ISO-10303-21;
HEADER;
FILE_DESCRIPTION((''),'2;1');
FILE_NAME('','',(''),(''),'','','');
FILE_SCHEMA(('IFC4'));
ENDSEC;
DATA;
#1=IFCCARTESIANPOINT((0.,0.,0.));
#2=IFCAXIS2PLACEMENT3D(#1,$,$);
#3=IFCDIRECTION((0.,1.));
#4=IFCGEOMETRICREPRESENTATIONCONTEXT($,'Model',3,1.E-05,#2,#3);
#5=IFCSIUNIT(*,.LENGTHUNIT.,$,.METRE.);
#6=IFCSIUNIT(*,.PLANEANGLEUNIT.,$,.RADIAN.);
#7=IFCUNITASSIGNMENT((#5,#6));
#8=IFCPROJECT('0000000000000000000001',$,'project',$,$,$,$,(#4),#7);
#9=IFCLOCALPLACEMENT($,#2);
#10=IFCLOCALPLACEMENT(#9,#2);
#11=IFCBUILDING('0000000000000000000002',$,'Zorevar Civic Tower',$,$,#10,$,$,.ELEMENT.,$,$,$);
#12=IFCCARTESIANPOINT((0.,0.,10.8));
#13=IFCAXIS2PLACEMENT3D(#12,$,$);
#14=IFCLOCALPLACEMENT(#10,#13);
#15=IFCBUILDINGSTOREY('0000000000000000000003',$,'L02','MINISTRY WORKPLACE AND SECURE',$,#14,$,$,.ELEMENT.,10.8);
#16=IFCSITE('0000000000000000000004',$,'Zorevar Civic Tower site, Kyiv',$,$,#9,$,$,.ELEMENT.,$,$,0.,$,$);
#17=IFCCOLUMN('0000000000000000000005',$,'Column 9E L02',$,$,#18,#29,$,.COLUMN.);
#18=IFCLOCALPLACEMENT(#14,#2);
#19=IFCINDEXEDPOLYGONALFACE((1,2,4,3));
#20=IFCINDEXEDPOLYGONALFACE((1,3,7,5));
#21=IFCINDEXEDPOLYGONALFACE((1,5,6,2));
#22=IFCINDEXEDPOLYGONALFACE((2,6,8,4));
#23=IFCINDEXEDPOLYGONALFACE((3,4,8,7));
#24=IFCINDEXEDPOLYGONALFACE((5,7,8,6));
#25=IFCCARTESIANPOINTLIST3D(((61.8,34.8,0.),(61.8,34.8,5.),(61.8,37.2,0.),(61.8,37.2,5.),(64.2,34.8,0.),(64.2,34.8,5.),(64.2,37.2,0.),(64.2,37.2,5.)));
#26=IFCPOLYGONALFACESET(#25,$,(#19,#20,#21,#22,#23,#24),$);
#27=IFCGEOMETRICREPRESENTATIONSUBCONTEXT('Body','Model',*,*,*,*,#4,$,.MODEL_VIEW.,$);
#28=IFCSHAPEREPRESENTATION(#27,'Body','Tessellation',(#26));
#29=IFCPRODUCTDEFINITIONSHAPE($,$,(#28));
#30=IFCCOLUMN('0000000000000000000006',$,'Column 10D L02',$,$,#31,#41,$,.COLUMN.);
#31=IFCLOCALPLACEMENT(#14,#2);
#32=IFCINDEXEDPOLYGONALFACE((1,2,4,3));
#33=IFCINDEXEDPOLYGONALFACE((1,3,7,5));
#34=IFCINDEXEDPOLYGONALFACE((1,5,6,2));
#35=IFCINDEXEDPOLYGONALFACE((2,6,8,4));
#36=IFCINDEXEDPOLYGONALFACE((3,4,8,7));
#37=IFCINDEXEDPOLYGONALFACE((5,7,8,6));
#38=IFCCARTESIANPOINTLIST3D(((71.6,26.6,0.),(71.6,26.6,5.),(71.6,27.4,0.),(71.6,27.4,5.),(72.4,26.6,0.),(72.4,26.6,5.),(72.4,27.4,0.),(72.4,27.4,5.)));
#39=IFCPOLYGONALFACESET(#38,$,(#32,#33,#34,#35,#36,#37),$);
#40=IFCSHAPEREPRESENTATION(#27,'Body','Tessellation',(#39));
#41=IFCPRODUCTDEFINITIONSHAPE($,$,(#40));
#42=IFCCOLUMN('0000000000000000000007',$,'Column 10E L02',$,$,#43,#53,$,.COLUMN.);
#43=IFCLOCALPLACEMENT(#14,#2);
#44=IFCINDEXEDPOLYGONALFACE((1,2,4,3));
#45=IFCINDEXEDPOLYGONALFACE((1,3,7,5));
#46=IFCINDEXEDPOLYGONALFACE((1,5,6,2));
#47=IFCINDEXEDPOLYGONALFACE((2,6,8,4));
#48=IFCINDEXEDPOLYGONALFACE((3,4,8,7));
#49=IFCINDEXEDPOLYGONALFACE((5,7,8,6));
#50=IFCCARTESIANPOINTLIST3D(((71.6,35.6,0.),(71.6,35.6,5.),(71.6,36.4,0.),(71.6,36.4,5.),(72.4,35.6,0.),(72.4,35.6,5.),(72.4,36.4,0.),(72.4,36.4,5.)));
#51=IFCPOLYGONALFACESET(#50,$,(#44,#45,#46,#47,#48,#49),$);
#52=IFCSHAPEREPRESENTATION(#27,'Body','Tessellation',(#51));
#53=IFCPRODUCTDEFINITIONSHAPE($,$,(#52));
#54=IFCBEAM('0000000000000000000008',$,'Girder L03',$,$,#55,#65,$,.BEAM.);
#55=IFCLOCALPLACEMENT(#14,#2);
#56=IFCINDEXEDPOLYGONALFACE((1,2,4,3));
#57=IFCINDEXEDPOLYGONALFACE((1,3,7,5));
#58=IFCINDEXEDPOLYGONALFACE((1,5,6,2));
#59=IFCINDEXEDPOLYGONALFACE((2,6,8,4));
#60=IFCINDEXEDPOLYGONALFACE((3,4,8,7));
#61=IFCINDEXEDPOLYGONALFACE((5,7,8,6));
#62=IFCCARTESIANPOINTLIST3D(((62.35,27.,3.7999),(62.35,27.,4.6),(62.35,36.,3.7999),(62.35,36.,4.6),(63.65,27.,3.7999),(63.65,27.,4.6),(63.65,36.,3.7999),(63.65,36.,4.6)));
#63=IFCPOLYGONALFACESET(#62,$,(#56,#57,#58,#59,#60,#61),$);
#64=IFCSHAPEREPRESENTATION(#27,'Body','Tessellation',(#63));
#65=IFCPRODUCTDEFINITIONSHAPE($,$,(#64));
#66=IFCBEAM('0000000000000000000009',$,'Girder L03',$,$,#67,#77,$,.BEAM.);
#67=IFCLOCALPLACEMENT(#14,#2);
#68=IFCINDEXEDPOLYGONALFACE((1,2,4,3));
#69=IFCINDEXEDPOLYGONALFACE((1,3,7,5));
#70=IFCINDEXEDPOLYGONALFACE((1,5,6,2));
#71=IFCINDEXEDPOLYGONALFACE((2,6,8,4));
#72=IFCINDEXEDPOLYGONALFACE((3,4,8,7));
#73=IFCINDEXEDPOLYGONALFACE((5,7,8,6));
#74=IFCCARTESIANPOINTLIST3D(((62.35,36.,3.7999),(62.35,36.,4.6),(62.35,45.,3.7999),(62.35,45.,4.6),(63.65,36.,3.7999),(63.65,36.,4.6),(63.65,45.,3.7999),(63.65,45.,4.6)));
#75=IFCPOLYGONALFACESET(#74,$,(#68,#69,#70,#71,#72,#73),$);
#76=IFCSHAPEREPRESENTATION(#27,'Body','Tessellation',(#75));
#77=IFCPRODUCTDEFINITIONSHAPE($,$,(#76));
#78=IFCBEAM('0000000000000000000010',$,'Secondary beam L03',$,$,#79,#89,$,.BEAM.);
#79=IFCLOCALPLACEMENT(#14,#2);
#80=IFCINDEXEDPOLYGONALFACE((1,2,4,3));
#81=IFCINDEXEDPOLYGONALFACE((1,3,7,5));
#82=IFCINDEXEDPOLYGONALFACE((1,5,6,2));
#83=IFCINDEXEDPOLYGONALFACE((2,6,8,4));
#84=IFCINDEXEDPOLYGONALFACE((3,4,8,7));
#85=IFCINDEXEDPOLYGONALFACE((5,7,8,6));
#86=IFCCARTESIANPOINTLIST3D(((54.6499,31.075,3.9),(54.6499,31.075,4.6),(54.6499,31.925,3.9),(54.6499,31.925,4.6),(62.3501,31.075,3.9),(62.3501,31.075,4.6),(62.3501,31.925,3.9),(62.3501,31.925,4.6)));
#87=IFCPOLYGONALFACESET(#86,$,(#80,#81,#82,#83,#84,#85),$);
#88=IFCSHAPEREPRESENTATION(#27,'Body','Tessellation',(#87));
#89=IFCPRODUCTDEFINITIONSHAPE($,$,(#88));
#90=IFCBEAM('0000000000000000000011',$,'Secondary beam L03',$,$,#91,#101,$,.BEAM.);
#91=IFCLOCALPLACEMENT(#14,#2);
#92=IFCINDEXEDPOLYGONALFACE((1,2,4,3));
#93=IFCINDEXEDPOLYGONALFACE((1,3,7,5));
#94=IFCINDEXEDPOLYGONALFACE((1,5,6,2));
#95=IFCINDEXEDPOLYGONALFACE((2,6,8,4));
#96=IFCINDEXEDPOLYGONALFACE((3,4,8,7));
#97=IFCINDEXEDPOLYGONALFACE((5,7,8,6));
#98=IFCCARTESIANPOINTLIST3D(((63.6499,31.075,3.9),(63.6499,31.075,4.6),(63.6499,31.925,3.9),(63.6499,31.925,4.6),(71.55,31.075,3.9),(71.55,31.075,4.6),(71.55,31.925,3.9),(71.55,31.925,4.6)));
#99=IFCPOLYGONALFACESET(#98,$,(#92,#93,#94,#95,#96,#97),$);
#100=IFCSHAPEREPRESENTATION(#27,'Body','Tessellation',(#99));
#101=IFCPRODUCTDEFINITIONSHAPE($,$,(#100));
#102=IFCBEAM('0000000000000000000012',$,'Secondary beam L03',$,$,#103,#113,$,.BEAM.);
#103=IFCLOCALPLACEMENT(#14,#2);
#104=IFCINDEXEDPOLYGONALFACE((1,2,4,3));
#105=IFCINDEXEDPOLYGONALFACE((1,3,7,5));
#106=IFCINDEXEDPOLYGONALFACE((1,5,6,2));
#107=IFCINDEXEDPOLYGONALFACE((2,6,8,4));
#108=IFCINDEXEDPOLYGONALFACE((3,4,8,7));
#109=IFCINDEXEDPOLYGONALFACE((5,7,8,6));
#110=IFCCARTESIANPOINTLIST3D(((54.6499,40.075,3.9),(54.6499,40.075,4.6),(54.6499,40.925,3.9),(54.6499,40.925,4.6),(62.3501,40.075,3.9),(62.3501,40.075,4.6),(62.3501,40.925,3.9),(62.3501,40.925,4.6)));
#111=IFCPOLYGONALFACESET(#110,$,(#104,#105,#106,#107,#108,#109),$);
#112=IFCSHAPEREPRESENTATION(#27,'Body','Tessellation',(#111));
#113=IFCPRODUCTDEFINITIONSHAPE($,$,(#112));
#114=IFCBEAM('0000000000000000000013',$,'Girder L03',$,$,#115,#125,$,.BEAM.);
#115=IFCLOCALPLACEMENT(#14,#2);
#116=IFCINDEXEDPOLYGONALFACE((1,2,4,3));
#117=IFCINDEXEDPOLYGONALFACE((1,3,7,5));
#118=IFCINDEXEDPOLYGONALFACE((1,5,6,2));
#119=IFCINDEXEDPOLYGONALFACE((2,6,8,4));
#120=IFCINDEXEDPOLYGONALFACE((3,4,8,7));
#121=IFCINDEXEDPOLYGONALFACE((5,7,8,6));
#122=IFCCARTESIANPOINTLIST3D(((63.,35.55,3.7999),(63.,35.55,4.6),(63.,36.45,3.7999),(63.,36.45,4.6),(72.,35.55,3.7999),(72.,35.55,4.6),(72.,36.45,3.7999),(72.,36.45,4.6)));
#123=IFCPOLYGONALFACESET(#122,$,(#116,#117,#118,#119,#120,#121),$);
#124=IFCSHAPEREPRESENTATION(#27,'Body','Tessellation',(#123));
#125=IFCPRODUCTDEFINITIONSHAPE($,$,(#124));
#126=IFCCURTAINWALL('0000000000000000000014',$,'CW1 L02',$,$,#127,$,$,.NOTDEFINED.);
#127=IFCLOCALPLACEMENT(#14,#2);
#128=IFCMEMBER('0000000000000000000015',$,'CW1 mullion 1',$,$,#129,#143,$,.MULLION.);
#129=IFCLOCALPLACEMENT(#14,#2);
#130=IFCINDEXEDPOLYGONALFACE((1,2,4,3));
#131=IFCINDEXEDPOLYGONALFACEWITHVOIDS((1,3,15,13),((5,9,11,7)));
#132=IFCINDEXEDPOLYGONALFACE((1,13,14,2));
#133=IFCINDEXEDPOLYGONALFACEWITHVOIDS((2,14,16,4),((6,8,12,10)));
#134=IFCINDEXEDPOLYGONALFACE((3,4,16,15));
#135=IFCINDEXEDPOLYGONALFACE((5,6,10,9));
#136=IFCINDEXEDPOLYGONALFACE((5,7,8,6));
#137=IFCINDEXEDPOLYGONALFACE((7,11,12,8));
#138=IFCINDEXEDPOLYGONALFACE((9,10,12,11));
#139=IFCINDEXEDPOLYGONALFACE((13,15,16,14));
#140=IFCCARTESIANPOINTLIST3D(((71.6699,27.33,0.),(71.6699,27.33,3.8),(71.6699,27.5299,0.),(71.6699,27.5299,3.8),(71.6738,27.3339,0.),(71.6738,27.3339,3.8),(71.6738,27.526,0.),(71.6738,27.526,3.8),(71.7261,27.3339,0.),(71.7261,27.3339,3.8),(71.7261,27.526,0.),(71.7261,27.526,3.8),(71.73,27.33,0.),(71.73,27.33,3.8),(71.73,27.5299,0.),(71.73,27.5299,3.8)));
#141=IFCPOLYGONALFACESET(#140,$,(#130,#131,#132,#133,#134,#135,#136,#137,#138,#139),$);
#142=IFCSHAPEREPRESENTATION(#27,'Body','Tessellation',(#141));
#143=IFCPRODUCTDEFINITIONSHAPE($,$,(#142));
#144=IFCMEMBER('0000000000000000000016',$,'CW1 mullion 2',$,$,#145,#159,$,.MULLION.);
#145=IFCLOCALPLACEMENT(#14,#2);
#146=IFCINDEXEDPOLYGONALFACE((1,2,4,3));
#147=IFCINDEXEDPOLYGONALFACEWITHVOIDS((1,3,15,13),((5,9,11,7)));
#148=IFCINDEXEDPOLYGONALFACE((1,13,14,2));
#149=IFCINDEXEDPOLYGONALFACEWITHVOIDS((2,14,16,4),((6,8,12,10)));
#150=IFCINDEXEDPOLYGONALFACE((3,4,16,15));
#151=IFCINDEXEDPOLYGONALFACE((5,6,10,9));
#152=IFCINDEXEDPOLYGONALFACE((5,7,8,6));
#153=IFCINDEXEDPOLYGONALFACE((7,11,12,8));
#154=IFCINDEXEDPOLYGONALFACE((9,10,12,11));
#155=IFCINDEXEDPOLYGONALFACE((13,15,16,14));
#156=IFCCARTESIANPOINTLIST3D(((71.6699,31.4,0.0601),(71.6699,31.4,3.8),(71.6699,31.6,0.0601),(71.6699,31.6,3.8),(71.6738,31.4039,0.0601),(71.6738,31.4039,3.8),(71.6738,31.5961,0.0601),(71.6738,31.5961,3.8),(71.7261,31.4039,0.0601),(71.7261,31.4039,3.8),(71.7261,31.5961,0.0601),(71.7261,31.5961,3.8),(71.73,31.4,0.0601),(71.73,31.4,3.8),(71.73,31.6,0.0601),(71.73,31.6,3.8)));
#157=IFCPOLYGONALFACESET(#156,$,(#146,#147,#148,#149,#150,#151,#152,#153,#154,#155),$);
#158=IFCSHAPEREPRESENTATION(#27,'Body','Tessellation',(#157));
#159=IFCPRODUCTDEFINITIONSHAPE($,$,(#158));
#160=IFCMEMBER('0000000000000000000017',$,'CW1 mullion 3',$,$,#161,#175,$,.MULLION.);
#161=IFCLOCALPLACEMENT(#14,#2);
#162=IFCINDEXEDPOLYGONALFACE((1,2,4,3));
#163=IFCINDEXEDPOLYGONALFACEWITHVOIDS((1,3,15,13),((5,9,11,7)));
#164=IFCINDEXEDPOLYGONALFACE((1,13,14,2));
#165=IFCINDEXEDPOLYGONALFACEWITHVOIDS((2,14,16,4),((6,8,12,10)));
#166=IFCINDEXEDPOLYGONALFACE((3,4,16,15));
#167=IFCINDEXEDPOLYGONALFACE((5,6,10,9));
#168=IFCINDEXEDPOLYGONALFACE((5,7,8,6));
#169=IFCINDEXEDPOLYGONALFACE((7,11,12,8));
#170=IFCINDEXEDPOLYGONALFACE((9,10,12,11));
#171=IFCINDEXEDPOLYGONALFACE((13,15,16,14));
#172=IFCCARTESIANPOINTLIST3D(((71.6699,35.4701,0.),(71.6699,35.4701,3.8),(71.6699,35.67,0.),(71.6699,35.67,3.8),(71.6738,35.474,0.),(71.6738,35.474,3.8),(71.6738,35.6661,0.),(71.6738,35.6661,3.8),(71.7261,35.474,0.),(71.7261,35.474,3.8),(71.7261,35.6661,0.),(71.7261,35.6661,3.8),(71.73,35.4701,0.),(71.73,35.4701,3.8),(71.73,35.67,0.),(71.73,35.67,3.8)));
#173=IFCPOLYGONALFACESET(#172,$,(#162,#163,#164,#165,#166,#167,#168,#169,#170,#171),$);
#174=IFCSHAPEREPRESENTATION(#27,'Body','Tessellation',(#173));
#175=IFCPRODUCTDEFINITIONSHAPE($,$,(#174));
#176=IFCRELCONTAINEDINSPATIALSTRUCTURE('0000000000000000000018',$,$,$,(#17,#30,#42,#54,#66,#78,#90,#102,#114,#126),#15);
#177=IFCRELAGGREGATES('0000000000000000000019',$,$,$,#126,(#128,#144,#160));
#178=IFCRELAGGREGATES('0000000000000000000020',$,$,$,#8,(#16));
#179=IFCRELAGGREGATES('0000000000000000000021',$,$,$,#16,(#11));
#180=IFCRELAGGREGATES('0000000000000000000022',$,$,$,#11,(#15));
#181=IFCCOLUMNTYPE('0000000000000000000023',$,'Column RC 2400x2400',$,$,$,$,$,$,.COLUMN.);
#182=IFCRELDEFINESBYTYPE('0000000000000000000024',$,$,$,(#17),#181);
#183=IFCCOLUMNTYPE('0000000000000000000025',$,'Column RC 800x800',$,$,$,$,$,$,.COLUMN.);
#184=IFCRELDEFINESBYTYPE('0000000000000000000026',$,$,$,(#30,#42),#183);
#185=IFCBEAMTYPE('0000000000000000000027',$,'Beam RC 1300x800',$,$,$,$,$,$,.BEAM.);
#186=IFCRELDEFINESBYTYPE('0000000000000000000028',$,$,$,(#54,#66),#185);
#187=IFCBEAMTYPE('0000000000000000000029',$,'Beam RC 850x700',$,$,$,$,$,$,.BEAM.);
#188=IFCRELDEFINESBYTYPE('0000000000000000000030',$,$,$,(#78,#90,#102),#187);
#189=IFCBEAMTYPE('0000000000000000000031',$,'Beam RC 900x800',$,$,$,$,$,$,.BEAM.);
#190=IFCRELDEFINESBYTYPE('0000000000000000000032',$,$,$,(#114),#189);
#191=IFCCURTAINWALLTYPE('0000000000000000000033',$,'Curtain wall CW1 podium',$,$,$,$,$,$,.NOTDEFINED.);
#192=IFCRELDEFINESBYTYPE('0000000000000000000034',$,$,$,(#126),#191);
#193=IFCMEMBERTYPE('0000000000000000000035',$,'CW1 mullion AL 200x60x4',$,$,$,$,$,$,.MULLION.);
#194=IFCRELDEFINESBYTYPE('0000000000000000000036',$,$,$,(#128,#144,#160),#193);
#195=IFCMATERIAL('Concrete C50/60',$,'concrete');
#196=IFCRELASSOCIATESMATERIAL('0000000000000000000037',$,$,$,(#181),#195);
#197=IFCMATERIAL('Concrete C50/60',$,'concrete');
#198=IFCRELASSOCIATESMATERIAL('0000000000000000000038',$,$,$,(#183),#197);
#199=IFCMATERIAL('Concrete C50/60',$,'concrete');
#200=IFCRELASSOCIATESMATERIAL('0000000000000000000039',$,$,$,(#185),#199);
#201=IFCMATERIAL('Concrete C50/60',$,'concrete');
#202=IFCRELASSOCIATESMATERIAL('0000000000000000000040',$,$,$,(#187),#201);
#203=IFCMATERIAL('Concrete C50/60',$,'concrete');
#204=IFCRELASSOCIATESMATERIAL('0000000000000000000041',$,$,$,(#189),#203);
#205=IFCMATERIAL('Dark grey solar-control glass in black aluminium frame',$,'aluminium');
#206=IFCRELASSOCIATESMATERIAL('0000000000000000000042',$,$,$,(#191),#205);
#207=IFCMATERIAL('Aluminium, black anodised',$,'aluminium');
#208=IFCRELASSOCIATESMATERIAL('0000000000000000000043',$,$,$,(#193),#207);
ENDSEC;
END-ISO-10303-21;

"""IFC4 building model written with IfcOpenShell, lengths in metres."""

from ifc_helpers import new_model, si_unit, direction, frame, origin, origin_2d, place, context, subcontext, project, spatial, rectangle, hollow_rectangle, extrude, material, material_profile, profile_set, type_object, element, aggregate, save


model = new_model("IFC4")

# Units and contexts
model_context = context("Model", 3, precision=1e-05, world=origin(), true_north=direction((0.0, 1.0)))
body_context = subcontext(model_context, "Body", "Model", "MODEL_VIEW")
ifc_project = project(units=[si_unit("LENGTHUNIT", "METRE"), si_unit("PLANEANGLEUNIT", "RADIAN")], contexts=[model_context])

# Site, building, storey
site_placement = place(None, origin())
site = spatial("IfcSite", under=ifc_project, at=site_placement, Name="Zorevar Civic Tower site, Kyiv", CompositionType="ELEMENT", RefElevation=0.0)
building_placement = place(site_placement, origin())
building = spatial("IfcBuilding", under=site, at=building_placement, Name="Zorevar Civic Tower", CompositionType="ELEMENT")
storey_placement = place(building_placement, frame((0.0, 0.0, 10.8)))
storey = spatial("IfcBuildingStorey", under=building, at=storey_placement, Name="L02", Description="MINISTRY WORKPLACE AND SECURE", CompositionType="ELEMENT", Elevation=10.8)

# Columns
ifc_material_1 = material(Name="Concrete C50/60", Category="concrete")
ifc_material_profile_1 = material_profile(ifc_material_1, rectangle(XDim=2.3999, YDim=2.3999, at=origin_2d()), Name="RC 2400x2400")
ifc_profile_set_1 = profile_set([ifc_material_profile_1], Name="Concrete C50/60")
column_type_1 = type_object("IfcColumnType", Name="Column RC 2400x2400", PredefinedType="COLUMN", material=ifc_profile_set_1)
column_placement = place(storey_placement, frame((63.0, 36.0, 0.0), z_axis=(0.0, 0.0, 1.0), x_axis=(1.0, 0.0, 0.0)))
element("IfcColumn", 1, at=column_placement, inside=storey, type_object=column_type_1, Name="Column 9E L02", PredefinedType="COLUMN", context=body_context, shape_type="SweptSolid", body=[
    extrude(rectangle(XDim=2.3999, YDim=2.3999, at=origin_2d()), origin(), (0.0, 0.0, 1.0), 5.0),
])
ifc_material_2 = material(Name="Concrete C50/60", Category="concrete")
ifc_material_profile_2 = material_profile(ifc_material_2, rectangle(XDim=0.8, YDim=0.8, at=origin_2d()), Name="RC 800x800")
ifc_profile_set_2 = profile_set([ifc_material_profile_2], Name="Concrete C50/60")
column_type_2 = type_object("IfcColumnType", Name="Column RC 800x800", PredefinedType="COLUMN", material=ifc_profile_set_2)
for number, where, z_axis, x_axis, name in (
    (2, (72.0, 27.0, 0.0), (0.0, 0.0, 1.0), (1.0, 0.0, 0.0), "Column 10D L02"),
    (3, (72.0, 36.0, 0.0), (0.0, 0.0, 1.0), (1.0, 0.0, 0.0), "Column 10E L02"),
):
    element("IfcColumn", number, at=place(storey_placement, frame(where, z_axis=z_axis, x_axis=x_axis)), inside=storey, type_object=column_type_2, Name=name, PredefinedType="COLUMN", context=body_context, shape_type="SweptSolid", body=[
        extrude(rectangle(XDim=0.8, YDim=0.8, at=origin_2d()), origin(), (0.0, 0.0, 1.0), 5.0),
    ])

# Beams
ifc_material_3 = material(Name="Concrete C50/60", Category="concrete")
ifc_material_profile_3 = material_profile(ifc_material_3, rectangle(XDim=1.3, YDim=0.8, at=origin_2d()), Name="RC 1300x800")
ifc_profile_set_3 = profile_set([ifc_material_profile_3], Name="Concrete C50/60")
beam_type_1 = type_object("IfcBeamType", Name="Beam RC 1300x800", PredefinedType="BEAM", material=ifc_profile_set_3)
for number, where, z_axis, x_axis, name in (
    (4, (63.0, 27.0, 4.2), (0.0, 1.0, 0.0), (-1.0, 0.0, 0.0), "Girder L03"),
    (5, (63.0, 36.0, 4.2), (0.0, 1.0, 0.0), (-1.0, 0.0, 0.0), "Girder L03"),
):
    element("IfcBeam", number, at=place(storey_placement, frame(where, z_axis=z_axis, x_axis=x_axis)), inside=storey, type_object=beam_type_1, Name=name, PredefinedType="BEAM", context=body_context, shape_type="SweptSolid", body=[
        extrude(rectangle(XDim=1.3, YDim=0.8, at=origin_2d()), origin(), (0.0, 0.0, 1.0), 9.0),
    ])
ifc_material_4 = material(Name="Concrete C50/60", Category="concrete")
ifc_material_profile_4 = material_profile(ifc_material_4, rectangle(XDim=0.8501, YDim=0.7, at=origin_2d()), Name="RC 850x700")
ifc_profile_set_4 = profile_set([ifc_material_profile_4], Name="Concrete C50/60")
beam_type_2 = type_object("IfcBeamType", Name="Beam RC 850x700", PredefinedType="BEAM", material=ifc_profile_set_4)
beam_1_placement = place(storey_placement, frame((54.6499, 31.5, 4.25), z_axis=(1.0, 0.0, 0.0), x_axis=(0.0, 1.0, 0.0)))
element("IfcBeam", 6, at=beam_1_placement, inside=storey, type_object=beam_type_2, Name="Secondary beam L03", PredefinedType="BEAM", context=body_context, shape_type="SweptSolid", body=[
    extrude(rectangle(XDim=0.8501, YDim=0.7, at=origin_2d()), origin(), (0.0, 0.0, 1.0), 7.7002),
])
beam_2_placement = place(storey_placement, frame((63.6499, 31.5, 4.25), z_axis=(1.0, 0.0, 0.0), x_axis=(0.0, 1.0, 0.0)))
element("IfcBeam", 7, at=beam_2_placement, inside=storey, type_object=beam_type_2, Name="Secondary beam L03", PredefinedType="BEAM", context=body_context, shape_type="SweptSolid", body=[
    extrude(rectangle(XDim=0.8501, YDim=0.7, at=origin_2d()), origin(), (0.0, 0.0, 1.0), 7.9001),
])
beam_3_placement = place(storey_placement, frame((54.6499, 40.5, 4.25), z_axis=(1.0, 0.0, 0.0), x_axis=(0.0, 1.0, 0.0)))
element("IfcBeam", 8, at=beam_3_placement, inside=storey, type_object=beam_type_2, Name="Secondary beam L03", PredefinedType="BEAM", context=body_context, shape_type="SweptSolid", body=[
    extrude(rectangle(XDim=0.8501, YDim=0.7, at=origin_2d()), origin(), (0.0, 0.0, 1.0), 7.7002),
])
ifc_material_5 = material(Name="Concrete C50/60", Category="concrete")
ifc_material_profile_5 = material_profile(ifc_material_5, rectangle(XDim=0.8999, YDim=0.8, at=origin_2d()), Name="RC 900x800")
ifc_profile_set_5 = profile_set([ifc_material_profile_5], Name="Concrete C50/60")
beam_type_3 = type_object("IfcBeamType", Name="Beam RC 900x800", PredefinedType="BEAM", material=ifc_profile_set_5)
beam_4_placement = place(storey_placement, frame((63.0, 36.0, 4.2), z_axis=(1.0, 0.0, 0.0), x_axis=(0.0, 1.0, 0.0)))
element("IfcBeam", 9, at=beam_4_placement, inside=storey, type_object=beam_type_3, Name="Girder L03", PredefinedType="BEAM", context=body_context, shape_type="SweptSolid", body=[
    extrude(rectangle(XDim=0.8999, YDim=0.8, at=origin_2d()), origin(), (0.0, 0.0, 1.0), 9.0),
])

# Curtain wall, members
ifc_material_6 = material(Name="Dark grey solar-control glass in black aluminium frame", Category="aluminium")
curtain_wall_type = type_object("IfcCurtainWallType", Name="Curtain wall CW1 podium", PredefinedType="NOTDEFINED", material=ifc_material_6)
curtain_wall_placement = place(storey_placement, origin())
curtain_wall = element("IfcCurtainWall", 10, at=curtain_wall_placement, inside=storey, type_object=curtain_wall_type, Name="CW1 L02", PredefinedType="NOTDEFINED")
ifc_material_7 = material(Name="Aluminium, black anodised", Category="aluminium")
ifc_material_profile_6 = material_profile(ifc_material_7, hollow_rectangle(XDim=0.0601, YDim=0.2, WallThickness=0.0039, at=origin_2d()), Name="AL 200x60x4")
ifc_profile_set_6 = profile_set([ifc_material_profile_6], Name="Aluminium, black anodised")
member_type_1 = type_object("IfcMemberType", Name="CW1 mullion AL 200x60x4", PredefinedType="MULLION", material=ifc_profile_set_6)
member_1_placement = place(storey_placement, frame((71.7, 27.4299, 0.0), z_axis=(0.0, 0.0, 1.0), x_axis=(-1.0, 0.0, 0.0)))
member_1 = element("IfcMember", 11, at=member_1_placement, type_object=member_type_1, Name="CW1 mullion 1", PredefinedType="MULLION", context=body_context, shape_type="SweptSolid", body=[
    extrude(hollow_rectangle(XDim=0.0601, YDim=0.2, WallThickness=0.0039, at=origin_2d()), origin(), (0.0, 0.0, 1.0), 3.8),
])
member_2_placement = place(storey_placement, frame((71.7, 31.5, 0.0601), z_axis=(0.0, 0.0, 1.0), x_axis=(-1.0, 0.0, 0.0)))
member_2 = element("IfcMember", 12, at=member_2_placement, type_object=member_type_1, Name="CW1 mullion 2", PredefinedType="MULLION", context=body_context, shape_type="SweptSolid", body=[
    extrude(hollow_rectangle(XDim=0.0601, YDim=0.2, WallThickness=0.0039, at=origin_2d()), origin(), (0.0, 0.0, 1.0), 3.74),
])
member_3_placement = place(storey_placement, frame((71.7, 35.5701, 0.0), z_axis=(0.0, 0.0, 1.0), x_axis=(-1.0, 0.0, 0.0)))
member_3 = element("IfcMember", 13, at=member_3_placement, type_object=member_type_1, Name="CW1 mullion 3", PredefinedType="MULLION", context=body_context, shape_type="SweptSolid", body=[
    extrude(hollow_rectangle(XDim=0.0601, YDim=0.2, WallThickness=0.0039, at=origin_2d()), origin(), (0.0, 0.0, 1.0), 3.8),
])

aggregate(curtain_wall, [member_1, member_2, member_3])

save(model, "model.ifc")
